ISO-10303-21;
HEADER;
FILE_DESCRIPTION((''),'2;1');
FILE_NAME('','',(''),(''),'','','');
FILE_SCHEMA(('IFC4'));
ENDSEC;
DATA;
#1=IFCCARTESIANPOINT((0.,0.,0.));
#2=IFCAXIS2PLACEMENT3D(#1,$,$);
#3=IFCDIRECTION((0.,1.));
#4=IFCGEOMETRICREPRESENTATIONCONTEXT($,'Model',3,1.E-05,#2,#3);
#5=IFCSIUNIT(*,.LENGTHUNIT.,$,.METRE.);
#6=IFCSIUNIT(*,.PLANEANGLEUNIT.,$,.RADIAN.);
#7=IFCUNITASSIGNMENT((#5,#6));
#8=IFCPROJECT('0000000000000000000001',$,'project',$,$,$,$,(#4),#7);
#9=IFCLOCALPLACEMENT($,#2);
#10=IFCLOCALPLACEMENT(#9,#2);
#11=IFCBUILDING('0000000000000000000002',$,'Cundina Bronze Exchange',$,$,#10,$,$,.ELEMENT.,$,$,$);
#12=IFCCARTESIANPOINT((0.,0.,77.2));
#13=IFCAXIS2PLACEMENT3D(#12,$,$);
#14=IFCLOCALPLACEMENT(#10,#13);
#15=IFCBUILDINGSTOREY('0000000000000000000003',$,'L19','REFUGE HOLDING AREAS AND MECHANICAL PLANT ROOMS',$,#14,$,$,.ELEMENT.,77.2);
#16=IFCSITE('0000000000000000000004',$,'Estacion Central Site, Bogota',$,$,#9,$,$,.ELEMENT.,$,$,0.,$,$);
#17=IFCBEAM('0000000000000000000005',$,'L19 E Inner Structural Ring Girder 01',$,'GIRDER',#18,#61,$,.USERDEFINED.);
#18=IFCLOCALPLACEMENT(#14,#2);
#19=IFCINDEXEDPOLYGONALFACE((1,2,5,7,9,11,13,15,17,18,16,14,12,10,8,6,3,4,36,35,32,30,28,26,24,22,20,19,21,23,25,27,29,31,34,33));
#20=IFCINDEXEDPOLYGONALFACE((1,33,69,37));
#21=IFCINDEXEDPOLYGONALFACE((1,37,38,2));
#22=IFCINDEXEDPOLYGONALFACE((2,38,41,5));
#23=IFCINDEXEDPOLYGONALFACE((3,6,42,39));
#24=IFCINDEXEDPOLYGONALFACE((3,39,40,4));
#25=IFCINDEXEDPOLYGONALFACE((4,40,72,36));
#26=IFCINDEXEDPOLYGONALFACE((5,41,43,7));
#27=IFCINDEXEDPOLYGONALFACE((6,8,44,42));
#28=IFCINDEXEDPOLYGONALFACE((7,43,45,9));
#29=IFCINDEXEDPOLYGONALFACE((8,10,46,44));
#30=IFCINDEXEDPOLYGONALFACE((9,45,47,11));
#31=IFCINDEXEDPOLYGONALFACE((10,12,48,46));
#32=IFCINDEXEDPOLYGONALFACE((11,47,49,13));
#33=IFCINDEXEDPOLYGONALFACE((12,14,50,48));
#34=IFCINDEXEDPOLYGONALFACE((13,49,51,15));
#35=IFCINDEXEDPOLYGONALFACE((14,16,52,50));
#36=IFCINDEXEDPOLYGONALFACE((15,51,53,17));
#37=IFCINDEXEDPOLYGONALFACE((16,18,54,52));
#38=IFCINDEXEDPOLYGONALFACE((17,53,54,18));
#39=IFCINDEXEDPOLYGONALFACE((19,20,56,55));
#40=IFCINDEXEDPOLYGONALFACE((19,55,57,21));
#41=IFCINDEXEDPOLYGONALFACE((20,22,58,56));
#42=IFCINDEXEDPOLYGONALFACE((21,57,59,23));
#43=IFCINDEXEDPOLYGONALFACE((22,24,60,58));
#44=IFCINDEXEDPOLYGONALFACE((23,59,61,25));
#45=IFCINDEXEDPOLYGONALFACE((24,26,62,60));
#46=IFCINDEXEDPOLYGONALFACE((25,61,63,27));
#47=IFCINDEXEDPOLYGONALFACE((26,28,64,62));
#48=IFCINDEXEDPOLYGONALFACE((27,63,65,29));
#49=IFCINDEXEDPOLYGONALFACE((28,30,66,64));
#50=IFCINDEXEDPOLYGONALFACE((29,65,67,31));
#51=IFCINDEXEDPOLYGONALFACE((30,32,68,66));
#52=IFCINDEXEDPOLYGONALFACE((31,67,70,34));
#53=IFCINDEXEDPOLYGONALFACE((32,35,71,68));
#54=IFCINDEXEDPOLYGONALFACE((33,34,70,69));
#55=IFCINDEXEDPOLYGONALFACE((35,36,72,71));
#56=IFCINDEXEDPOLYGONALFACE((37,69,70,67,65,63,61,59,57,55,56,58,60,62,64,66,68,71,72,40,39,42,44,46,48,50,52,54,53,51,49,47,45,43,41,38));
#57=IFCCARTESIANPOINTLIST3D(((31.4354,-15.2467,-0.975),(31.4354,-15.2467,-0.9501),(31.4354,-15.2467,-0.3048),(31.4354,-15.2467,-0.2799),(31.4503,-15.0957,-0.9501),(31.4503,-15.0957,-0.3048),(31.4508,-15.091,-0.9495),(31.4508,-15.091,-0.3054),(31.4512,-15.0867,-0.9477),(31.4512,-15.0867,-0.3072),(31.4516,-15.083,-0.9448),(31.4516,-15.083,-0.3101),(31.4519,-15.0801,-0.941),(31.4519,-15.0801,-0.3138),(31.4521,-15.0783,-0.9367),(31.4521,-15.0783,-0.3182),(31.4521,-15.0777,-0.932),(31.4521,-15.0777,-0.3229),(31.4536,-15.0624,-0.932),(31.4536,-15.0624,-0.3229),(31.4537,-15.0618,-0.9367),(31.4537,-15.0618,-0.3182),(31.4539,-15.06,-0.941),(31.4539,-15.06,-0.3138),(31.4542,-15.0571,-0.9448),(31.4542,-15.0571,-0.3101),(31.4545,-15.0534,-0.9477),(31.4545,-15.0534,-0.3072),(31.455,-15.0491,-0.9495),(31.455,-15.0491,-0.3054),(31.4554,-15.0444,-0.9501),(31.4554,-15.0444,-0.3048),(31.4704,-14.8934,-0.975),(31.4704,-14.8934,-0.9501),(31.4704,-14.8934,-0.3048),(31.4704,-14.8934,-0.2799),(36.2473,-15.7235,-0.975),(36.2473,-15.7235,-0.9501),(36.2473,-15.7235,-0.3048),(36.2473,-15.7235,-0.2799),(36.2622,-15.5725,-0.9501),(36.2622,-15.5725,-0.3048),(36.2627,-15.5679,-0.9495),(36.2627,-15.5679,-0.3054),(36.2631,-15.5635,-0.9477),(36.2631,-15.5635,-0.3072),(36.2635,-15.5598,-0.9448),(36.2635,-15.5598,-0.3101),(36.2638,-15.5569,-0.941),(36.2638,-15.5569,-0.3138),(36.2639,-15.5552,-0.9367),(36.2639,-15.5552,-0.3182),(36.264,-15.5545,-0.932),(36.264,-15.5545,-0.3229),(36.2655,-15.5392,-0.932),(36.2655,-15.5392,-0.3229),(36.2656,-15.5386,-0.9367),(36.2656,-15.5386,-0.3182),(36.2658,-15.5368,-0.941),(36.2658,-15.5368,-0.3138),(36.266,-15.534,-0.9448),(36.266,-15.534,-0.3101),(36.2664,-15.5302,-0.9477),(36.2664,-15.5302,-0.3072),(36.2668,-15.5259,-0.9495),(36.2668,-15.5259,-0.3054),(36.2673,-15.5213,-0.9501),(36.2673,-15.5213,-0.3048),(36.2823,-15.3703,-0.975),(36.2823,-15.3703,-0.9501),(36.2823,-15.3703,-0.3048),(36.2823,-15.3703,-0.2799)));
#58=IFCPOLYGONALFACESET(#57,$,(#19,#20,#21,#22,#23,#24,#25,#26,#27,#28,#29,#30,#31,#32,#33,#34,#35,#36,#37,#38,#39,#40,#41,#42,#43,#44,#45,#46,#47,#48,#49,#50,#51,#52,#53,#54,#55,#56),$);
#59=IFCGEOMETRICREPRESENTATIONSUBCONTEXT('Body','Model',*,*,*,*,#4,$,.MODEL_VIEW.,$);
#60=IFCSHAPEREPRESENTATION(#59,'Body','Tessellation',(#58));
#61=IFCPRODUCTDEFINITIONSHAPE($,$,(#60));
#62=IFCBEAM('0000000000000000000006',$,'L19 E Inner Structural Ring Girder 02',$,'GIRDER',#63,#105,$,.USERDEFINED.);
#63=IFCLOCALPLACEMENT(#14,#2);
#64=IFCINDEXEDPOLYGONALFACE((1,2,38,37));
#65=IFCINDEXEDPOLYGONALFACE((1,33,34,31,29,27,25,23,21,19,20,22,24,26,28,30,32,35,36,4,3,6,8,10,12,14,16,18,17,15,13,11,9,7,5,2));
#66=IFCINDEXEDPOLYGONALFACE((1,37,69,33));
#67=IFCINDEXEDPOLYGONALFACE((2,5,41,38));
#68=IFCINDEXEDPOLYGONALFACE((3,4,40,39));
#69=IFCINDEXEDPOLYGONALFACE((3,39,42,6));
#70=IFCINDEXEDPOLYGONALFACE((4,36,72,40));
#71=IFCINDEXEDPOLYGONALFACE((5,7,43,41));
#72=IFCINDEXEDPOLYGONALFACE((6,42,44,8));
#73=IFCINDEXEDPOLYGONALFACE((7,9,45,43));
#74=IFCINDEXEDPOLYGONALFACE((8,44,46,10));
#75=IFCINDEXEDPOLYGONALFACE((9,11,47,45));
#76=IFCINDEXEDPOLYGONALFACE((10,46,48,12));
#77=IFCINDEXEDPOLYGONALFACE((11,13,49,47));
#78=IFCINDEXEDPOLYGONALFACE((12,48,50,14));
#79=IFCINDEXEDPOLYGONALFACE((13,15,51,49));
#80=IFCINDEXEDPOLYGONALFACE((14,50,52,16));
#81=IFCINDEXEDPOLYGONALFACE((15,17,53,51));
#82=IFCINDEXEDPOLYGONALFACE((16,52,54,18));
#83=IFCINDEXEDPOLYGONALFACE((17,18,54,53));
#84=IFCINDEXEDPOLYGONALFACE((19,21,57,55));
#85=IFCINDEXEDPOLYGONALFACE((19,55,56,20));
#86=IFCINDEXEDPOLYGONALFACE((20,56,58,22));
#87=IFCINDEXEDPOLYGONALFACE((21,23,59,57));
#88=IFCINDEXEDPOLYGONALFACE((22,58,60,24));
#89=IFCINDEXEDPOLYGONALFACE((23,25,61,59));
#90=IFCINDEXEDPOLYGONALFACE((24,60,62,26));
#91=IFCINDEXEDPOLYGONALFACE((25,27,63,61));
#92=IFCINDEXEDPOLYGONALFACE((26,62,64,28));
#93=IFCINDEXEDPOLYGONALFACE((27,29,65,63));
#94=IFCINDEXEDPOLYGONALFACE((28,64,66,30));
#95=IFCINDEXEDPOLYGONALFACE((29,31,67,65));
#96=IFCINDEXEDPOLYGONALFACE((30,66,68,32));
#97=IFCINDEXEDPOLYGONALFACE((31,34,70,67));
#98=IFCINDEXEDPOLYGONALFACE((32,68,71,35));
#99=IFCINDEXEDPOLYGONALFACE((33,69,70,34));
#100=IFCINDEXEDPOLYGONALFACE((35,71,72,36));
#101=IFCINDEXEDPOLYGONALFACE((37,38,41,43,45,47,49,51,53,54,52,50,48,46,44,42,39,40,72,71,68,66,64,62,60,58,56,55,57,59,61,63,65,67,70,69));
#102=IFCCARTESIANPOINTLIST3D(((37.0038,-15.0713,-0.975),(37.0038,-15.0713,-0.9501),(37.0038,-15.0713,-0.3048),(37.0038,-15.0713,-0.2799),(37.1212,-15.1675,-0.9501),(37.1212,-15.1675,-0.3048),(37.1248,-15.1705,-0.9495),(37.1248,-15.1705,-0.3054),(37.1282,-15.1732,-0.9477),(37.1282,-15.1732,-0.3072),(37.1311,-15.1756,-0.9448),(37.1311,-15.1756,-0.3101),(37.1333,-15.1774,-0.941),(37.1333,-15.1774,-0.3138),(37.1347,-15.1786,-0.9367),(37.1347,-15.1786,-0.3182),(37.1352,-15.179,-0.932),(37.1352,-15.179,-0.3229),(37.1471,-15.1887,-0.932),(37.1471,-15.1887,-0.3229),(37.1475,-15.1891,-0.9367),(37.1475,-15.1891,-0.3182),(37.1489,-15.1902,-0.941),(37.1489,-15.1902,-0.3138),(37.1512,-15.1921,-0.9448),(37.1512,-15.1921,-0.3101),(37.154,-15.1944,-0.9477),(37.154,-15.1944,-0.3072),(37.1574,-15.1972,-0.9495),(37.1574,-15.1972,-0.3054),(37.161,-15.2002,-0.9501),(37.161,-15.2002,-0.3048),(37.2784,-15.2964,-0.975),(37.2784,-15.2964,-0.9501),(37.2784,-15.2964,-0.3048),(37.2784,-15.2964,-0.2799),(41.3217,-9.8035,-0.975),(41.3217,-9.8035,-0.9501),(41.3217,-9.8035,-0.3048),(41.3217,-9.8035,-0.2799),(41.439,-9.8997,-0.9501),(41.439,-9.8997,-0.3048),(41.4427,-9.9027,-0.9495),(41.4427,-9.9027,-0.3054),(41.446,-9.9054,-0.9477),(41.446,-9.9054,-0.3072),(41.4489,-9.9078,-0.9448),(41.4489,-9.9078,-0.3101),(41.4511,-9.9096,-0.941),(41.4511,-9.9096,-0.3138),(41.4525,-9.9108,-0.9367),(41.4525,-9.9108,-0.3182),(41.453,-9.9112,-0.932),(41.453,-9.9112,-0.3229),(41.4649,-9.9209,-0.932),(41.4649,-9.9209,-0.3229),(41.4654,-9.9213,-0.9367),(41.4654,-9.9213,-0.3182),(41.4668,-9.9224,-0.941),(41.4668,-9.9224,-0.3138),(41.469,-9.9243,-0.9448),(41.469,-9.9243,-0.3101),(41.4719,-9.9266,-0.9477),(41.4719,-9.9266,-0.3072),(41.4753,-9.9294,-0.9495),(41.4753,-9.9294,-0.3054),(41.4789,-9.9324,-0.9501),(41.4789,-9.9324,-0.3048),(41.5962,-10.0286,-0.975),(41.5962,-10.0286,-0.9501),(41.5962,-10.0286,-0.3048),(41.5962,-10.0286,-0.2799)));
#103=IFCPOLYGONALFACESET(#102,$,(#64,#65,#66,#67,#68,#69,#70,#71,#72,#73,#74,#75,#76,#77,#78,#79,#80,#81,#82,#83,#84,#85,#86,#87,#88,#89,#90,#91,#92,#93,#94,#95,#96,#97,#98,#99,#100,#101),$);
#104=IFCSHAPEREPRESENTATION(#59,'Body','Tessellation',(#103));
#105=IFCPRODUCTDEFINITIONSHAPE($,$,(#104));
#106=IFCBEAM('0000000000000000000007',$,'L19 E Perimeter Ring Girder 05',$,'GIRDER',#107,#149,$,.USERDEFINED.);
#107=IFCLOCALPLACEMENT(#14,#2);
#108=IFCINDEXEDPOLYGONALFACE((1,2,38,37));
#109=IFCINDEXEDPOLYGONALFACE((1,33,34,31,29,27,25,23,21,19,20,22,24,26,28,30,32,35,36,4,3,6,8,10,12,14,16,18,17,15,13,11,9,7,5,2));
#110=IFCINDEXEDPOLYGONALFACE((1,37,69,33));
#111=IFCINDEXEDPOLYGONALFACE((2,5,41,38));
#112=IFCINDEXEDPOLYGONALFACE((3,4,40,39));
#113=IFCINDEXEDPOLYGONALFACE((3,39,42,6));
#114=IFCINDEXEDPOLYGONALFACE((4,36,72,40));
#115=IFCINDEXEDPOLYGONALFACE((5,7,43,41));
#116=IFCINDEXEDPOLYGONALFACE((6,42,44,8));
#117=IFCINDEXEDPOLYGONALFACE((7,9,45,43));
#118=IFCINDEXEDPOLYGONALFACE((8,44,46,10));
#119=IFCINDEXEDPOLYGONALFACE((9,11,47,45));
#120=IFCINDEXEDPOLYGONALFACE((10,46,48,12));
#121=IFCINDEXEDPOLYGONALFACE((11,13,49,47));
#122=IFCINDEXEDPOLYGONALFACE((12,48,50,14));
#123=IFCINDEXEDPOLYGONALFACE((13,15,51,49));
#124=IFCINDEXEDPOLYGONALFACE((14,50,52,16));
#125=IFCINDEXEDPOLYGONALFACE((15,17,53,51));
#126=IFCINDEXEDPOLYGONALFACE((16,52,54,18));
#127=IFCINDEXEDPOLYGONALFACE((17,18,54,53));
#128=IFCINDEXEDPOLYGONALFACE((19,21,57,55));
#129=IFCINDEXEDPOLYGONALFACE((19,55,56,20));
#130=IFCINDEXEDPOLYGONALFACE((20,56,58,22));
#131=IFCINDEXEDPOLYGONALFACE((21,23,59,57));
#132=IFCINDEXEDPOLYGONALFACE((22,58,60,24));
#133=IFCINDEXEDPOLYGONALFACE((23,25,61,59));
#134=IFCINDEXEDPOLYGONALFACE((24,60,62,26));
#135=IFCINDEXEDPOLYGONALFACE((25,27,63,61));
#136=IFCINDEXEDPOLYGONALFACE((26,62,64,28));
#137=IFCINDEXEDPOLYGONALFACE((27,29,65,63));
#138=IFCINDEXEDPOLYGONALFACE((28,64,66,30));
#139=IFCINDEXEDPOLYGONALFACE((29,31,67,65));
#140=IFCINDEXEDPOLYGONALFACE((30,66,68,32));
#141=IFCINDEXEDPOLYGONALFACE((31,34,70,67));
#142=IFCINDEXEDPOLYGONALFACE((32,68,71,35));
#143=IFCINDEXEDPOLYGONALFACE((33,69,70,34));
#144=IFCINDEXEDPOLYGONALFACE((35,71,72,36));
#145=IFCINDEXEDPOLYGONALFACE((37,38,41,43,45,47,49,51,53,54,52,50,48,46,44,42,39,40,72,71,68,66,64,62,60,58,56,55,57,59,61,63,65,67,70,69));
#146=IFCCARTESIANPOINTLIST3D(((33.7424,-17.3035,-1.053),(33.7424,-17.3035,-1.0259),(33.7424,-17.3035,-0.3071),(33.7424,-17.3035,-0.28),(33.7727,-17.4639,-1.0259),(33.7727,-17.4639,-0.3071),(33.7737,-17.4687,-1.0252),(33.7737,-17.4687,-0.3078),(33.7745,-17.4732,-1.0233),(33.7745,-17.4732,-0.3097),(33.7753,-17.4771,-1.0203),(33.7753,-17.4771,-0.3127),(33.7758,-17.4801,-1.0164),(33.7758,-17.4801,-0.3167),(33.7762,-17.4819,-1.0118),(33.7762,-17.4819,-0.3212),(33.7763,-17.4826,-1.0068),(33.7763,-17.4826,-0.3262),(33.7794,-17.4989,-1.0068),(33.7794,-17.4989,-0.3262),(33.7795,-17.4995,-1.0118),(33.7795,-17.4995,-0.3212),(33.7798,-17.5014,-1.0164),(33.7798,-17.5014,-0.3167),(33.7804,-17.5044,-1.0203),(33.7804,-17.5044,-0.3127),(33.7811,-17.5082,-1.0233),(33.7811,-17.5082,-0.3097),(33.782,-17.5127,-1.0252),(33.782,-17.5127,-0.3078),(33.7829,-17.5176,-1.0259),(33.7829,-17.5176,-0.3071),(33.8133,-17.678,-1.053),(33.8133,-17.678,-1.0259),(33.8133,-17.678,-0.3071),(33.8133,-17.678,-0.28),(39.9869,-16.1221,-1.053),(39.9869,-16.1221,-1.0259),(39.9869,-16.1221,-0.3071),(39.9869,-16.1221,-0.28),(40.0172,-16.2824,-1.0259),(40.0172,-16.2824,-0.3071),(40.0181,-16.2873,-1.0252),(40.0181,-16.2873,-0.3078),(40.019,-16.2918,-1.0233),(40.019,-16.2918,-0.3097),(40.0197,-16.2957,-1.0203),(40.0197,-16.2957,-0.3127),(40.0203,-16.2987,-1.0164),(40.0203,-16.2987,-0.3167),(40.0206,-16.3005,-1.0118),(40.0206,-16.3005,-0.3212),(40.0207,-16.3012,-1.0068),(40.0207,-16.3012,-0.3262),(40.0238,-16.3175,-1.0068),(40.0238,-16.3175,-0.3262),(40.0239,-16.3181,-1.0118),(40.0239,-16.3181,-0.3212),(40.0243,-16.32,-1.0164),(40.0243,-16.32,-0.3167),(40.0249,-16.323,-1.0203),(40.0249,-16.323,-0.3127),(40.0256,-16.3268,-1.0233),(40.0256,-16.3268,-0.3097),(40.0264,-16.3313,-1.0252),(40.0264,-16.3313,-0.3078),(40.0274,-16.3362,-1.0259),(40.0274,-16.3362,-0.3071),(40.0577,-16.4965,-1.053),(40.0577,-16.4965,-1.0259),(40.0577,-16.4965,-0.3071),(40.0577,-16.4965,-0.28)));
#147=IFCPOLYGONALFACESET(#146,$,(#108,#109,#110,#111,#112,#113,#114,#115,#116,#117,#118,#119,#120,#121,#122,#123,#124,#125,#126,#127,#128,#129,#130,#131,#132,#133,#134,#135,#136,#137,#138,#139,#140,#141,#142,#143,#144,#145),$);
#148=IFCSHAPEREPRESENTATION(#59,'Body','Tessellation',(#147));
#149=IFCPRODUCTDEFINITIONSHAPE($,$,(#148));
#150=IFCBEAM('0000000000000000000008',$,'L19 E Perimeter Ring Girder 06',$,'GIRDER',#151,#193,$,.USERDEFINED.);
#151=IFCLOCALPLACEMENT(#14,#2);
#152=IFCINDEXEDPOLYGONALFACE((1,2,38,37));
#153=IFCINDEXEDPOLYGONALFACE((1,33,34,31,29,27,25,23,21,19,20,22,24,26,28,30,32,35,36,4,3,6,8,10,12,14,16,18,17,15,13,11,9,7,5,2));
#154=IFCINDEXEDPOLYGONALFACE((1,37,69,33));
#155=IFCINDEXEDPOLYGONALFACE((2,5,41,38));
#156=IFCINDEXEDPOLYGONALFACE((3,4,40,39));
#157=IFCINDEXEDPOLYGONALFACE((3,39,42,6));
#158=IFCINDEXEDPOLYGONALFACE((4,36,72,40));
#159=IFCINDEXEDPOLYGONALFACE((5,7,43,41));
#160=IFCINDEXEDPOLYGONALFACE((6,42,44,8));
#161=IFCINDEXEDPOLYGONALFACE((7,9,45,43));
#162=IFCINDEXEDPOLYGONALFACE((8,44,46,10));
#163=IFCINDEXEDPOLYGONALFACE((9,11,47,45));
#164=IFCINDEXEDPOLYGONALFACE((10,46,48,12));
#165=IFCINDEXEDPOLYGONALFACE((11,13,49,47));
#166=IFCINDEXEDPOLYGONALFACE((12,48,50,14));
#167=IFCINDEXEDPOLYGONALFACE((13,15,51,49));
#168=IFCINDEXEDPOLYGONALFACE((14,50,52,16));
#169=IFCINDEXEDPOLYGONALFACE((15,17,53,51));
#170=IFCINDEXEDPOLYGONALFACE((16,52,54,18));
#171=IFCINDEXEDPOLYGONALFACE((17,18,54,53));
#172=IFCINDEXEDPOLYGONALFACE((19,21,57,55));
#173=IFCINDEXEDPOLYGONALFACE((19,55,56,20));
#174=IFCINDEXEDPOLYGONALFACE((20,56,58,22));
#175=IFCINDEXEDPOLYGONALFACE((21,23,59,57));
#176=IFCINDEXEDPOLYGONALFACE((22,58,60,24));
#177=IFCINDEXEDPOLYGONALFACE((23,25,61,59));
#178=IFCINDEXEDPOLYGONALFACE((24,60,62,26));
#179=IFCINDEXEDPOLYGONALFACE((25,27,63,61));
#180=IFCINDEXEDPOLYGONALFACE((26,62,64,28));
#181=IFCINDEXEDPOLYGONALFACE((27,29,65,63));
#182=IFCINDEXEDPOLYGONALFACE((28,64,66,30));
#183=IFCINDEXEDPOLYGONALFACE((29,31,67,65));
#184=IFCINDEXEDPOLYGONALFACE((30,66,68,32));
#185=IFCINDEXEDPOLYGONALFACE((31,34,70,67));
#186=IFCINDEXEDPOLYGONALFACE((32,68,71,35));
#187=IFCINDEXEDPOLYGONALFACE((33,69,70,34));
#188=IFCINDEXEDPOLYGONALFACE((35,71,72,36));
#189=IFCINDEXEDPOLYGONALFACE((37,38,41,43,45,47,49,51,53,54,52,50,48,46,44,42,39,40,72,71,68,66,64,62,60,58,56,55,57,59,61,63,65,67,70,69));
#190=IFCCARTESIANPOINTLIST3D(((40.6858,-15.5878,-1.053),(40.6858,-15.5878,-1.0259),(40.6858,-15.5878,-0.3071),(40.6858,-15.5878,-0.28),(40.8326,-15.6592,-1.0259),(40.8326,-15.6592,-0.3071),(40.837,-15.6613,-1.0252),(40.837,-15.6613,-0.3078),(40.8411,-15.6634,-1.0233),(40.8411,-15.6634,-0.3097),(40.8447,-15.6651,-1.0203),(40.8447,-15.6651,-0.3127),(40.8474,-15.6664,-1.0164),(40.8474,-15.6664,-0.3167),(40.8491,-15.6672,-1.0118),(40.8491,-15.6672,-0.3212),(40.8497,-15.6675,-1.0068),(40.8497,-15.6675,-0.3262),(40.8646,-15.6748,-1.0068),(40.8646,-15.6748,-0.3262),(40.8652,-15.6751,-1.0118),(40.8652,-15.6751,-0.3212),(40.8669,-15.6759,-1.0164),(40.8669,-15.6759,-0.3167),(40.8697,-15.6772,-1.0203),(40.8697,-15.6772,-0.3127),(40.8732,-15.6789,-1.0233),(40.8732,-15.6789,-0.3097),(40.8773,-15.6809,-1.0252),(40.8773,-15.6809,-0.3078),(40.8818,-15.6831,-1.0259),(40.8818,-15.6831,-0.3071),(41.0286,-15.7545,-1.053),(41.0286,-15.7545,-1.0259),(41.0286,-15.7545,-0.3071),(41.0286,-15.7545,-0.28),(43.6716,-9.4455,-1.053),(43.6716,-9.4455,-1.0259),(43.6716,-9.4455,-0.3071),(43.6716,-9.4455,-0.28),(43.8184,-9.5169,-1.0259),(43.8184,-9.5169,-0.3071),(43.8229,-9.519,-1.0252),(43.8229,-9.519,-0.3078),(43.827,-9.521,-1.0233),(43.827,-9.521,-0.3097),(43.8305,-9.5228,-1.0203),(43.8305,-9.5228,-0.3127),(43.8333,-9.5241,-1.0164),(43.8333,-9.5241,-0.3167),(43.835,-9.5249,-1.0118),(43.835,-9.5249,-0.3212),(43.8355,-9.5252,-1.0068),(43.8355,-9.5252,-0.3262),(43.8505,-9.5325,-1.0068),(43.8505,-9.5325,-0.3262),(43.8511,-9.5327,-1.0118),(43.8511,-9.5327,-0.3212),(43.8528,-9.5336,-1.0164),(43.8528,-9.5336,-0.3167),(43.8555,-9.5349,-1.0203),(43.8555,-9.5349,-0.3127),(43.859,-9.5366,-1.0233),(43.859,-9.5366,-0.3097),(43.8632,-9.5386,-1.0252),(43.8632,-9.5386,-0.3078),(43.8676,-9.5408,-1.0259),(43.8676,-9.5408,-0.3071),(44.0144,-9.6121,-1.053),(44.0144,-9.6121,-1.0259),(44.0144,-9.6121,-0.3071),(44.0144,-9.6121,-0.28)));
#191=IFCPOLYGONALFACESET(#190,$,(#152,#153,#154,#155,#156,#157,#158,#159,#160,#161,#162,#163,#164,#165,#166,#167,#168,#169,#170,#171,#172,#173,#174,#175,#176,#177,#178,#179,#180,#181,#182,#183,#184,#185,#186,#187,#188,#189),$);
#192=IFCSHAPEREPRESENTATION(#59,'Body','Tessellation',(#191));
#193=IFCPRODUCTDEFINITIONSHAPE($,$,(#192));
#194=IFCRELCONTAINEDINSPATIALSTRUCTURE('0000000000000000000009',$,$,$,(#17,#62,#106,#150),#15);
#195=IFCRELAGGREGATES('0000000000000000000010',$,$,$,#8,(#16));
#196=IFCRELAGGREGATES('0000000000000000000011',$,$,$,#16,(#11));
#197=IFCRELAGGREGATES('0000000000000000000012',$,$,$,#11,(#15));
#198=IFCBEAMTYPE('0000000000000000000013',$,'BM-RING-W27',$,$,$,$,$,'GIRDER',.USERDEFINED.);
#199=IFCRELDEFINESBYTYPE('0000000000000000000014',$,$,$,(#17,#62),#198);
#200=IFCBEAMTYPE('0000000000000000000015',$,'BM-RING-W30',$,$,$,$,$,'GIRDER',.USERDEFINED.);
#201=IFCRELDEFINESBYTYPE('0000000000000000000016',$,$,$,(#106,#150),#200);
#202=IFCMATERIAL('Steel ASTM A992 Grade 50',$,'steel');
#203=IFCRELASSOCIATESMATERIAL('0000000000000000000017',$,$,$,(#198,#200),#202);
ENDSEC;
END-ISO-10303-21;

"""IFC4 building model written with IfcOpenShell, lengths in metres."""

from ifc_helpers import new_model, si_unit, direction, frame, origin, origin_2d, place, context, subcontext, project, spatial, i_section, extrude, material, material_profile, profile_set, type_object, element, save


model = new_model("IFC4")

# Units and contexts
model_context = context("Model", 3, precision=1e-05, world=origin(), true_north=direction((0.0, 1.0)))
body_context = subcontext(model_context, "Body", "Model", "MODEL_VIEW")
ifc_project = project(units=[si_unit("LENGTHUNIT", "METRE"), si_unit("PLANEANGLEUNIT", "RADIAN")], contexts=[model_context])

# Site, building, storey
site_placement = place(None, origin())
site = spatial("IfcSite", under=ifc_project, at=site_placement, Name="Estacion Central Site, Bogota", CompositionType="ELEMENT", RefElevation=0.0)
building_placement = place(site_placement, origin())
building = spatial("IfcBuilding", under=site, at=building_placement, Name="Cundina Bronze Exchange", CompositionType="ELEMENT")
storey_placement = place(building_placement, frame((0.0, 0.0, 77.2)))
storey = spatial("IfcBuildingStorey", under=building, at=storey_placement, Name="L19", Description="REFUGE HOLDING AREAS AND MECHANICAL PLANT ROOMS", CompositionType="ELEMENT", Elevation=77.2)

# Beams
ifc_material_1 = material(Name="Steel ASTM A992 Grade 50", Category="steel")
ifc_material_profile_1 = material_profile(ifc_material_1, i_section(OverallWidth=0.355, OverallDepth=0.6951, WebThickness=0.0154, FlangeThickness=0.0249, FilletRadius=0.0181, at=origin_2d()), Name="W27X146", Category="steel")
ifc_profile_set_1 = profile_set([ifc_material_profile_1], Name="Steel ASTM A992 Grade 50")
beam_type_1 = type_object("IfcBeamType", Name="BM-RING-W27", ElementType="GIRDER", PredefinedType="USERDEFINED", material=ifc_profile_set_1)
beam_1_placement = place(storey_placement, frame((31.4529, -15.0701, -0.6274), z_axis=(0.995126, -0.098609, 0.0), x_axis=(0.098609, 0.995126, 0.0)))
element("IfcBeam", 1, at=beam_1_placement, inside=storey, type_object=beam_type_1, Name="L19 E Inner Structural Ring Girder 01", ObjectType="GIRDER", PredefinedType="USERDEFINED", context=body_context, shape_type="SweptSolid", body=[
    extrude(i_section(OverallWidth=0.355, OverallDepth=0.6951, WebThickness=0.0154, FlangeThickness=0.0249, FilletRadius=0.0181, at=origin_2d()), origin(), (0.0, 0.0, 1.0), 4.8354),
])
beam_2_placement = place(storey_placement, frame((37.1411, -15.1838, -0.6274), z_axis=(0.633927, 0.773393, 0.0), x_axis=(-0.773393, 0.633927, 0.0)))
element("IfcBeam", 2, at=beam_2_placement, inside=storey, type_object=beam_type_1, Name="L19 E Inner Structural Ring Girder 02", ObjectType="GIRDER", PredefinedType="USERDEFINED", context=body_context, shape_type="SweptSolid", body=[
    extrude(i_section(OverallWidth=0.355, OverallDepth=0.6951, WebThickness=0.0154, FlangeThickness=0.0249, FilletRadius=0.0181, at=origin_2d()), origin(), (0.0, 0.0, 1.0), 6.8113),
])
ifc_material_profile_2 = material_profile(ifc_material_1, i_section(OverallWidth=0.3811, OverallDepth=0.7729, WebThickness=0.0166, FlangeThickness=0.0271, FilletRadius=0.019, at=origin_2d()), Name="W30X173", Category="steel")
ifc_profile_set_2 = profile_set([ifc_material_profile_2], Name="Steel ASTM A992 Grade 50")
beam_type_2 = type_object("IfcBeamType", Name="BM-RING-W30", ElementType="GIRDER", PredefinedType="USERDEFINED", material=ifc_profile_set_2)
beam_3_placement = place(storey_placement, frame((33.7778, -17.4907, -0.6665), z_axis=(0.982569, 0.185896, 0.0), x_axis=(-0.185896, 0.982569, 0.0)))
element("IfcBeam", 3, at=beam_3_placement, inside=storey, type_object=beam_type_2, Name="L19 E Perimeter Ring Girder 05", ObjectType="GIRDER", PredefinedType="USERDEFINED", context=body_context, shape_type="SweptSolid", body=[
    extrude(i_section(OverallWidth=0.3811, OverallDepth=0.7729, WebThickness=0.0166, FlangeThickness=0.0271, FilletRadius=0.019, at=origin_2d()), origin(), (0.0, 0.0, 1.0), 6.3552),
])
beam_4_placement = place(storey_placement, frame((40.8572, -15.6711, -0.6665), z_axis=(0.437191, 0.899369, 0.0), x_axis=(-0.899369, 0.437191, 0.0)))
element("IfcBeam", 4, at=beam_4_placement, inside=storey, type_object=beam_type_2, Name="L19 E Perimeter Ring Girder 06", ObjectType="GIRDER", PredefinedType="USERDEFINED", context=body_context, shape_type="SweptSolid", body=[
    extrude(i_section(OverallWidth=0.3811, OverallDepth=0.7729, WebThickness=0.0166, FlangeThickness=0.0271, FilletRadius=0.019, at=origin_2d()), origin(), (0.0, 0.0, 1.0), 6.8296),
])

save(model, "model.ifc")
